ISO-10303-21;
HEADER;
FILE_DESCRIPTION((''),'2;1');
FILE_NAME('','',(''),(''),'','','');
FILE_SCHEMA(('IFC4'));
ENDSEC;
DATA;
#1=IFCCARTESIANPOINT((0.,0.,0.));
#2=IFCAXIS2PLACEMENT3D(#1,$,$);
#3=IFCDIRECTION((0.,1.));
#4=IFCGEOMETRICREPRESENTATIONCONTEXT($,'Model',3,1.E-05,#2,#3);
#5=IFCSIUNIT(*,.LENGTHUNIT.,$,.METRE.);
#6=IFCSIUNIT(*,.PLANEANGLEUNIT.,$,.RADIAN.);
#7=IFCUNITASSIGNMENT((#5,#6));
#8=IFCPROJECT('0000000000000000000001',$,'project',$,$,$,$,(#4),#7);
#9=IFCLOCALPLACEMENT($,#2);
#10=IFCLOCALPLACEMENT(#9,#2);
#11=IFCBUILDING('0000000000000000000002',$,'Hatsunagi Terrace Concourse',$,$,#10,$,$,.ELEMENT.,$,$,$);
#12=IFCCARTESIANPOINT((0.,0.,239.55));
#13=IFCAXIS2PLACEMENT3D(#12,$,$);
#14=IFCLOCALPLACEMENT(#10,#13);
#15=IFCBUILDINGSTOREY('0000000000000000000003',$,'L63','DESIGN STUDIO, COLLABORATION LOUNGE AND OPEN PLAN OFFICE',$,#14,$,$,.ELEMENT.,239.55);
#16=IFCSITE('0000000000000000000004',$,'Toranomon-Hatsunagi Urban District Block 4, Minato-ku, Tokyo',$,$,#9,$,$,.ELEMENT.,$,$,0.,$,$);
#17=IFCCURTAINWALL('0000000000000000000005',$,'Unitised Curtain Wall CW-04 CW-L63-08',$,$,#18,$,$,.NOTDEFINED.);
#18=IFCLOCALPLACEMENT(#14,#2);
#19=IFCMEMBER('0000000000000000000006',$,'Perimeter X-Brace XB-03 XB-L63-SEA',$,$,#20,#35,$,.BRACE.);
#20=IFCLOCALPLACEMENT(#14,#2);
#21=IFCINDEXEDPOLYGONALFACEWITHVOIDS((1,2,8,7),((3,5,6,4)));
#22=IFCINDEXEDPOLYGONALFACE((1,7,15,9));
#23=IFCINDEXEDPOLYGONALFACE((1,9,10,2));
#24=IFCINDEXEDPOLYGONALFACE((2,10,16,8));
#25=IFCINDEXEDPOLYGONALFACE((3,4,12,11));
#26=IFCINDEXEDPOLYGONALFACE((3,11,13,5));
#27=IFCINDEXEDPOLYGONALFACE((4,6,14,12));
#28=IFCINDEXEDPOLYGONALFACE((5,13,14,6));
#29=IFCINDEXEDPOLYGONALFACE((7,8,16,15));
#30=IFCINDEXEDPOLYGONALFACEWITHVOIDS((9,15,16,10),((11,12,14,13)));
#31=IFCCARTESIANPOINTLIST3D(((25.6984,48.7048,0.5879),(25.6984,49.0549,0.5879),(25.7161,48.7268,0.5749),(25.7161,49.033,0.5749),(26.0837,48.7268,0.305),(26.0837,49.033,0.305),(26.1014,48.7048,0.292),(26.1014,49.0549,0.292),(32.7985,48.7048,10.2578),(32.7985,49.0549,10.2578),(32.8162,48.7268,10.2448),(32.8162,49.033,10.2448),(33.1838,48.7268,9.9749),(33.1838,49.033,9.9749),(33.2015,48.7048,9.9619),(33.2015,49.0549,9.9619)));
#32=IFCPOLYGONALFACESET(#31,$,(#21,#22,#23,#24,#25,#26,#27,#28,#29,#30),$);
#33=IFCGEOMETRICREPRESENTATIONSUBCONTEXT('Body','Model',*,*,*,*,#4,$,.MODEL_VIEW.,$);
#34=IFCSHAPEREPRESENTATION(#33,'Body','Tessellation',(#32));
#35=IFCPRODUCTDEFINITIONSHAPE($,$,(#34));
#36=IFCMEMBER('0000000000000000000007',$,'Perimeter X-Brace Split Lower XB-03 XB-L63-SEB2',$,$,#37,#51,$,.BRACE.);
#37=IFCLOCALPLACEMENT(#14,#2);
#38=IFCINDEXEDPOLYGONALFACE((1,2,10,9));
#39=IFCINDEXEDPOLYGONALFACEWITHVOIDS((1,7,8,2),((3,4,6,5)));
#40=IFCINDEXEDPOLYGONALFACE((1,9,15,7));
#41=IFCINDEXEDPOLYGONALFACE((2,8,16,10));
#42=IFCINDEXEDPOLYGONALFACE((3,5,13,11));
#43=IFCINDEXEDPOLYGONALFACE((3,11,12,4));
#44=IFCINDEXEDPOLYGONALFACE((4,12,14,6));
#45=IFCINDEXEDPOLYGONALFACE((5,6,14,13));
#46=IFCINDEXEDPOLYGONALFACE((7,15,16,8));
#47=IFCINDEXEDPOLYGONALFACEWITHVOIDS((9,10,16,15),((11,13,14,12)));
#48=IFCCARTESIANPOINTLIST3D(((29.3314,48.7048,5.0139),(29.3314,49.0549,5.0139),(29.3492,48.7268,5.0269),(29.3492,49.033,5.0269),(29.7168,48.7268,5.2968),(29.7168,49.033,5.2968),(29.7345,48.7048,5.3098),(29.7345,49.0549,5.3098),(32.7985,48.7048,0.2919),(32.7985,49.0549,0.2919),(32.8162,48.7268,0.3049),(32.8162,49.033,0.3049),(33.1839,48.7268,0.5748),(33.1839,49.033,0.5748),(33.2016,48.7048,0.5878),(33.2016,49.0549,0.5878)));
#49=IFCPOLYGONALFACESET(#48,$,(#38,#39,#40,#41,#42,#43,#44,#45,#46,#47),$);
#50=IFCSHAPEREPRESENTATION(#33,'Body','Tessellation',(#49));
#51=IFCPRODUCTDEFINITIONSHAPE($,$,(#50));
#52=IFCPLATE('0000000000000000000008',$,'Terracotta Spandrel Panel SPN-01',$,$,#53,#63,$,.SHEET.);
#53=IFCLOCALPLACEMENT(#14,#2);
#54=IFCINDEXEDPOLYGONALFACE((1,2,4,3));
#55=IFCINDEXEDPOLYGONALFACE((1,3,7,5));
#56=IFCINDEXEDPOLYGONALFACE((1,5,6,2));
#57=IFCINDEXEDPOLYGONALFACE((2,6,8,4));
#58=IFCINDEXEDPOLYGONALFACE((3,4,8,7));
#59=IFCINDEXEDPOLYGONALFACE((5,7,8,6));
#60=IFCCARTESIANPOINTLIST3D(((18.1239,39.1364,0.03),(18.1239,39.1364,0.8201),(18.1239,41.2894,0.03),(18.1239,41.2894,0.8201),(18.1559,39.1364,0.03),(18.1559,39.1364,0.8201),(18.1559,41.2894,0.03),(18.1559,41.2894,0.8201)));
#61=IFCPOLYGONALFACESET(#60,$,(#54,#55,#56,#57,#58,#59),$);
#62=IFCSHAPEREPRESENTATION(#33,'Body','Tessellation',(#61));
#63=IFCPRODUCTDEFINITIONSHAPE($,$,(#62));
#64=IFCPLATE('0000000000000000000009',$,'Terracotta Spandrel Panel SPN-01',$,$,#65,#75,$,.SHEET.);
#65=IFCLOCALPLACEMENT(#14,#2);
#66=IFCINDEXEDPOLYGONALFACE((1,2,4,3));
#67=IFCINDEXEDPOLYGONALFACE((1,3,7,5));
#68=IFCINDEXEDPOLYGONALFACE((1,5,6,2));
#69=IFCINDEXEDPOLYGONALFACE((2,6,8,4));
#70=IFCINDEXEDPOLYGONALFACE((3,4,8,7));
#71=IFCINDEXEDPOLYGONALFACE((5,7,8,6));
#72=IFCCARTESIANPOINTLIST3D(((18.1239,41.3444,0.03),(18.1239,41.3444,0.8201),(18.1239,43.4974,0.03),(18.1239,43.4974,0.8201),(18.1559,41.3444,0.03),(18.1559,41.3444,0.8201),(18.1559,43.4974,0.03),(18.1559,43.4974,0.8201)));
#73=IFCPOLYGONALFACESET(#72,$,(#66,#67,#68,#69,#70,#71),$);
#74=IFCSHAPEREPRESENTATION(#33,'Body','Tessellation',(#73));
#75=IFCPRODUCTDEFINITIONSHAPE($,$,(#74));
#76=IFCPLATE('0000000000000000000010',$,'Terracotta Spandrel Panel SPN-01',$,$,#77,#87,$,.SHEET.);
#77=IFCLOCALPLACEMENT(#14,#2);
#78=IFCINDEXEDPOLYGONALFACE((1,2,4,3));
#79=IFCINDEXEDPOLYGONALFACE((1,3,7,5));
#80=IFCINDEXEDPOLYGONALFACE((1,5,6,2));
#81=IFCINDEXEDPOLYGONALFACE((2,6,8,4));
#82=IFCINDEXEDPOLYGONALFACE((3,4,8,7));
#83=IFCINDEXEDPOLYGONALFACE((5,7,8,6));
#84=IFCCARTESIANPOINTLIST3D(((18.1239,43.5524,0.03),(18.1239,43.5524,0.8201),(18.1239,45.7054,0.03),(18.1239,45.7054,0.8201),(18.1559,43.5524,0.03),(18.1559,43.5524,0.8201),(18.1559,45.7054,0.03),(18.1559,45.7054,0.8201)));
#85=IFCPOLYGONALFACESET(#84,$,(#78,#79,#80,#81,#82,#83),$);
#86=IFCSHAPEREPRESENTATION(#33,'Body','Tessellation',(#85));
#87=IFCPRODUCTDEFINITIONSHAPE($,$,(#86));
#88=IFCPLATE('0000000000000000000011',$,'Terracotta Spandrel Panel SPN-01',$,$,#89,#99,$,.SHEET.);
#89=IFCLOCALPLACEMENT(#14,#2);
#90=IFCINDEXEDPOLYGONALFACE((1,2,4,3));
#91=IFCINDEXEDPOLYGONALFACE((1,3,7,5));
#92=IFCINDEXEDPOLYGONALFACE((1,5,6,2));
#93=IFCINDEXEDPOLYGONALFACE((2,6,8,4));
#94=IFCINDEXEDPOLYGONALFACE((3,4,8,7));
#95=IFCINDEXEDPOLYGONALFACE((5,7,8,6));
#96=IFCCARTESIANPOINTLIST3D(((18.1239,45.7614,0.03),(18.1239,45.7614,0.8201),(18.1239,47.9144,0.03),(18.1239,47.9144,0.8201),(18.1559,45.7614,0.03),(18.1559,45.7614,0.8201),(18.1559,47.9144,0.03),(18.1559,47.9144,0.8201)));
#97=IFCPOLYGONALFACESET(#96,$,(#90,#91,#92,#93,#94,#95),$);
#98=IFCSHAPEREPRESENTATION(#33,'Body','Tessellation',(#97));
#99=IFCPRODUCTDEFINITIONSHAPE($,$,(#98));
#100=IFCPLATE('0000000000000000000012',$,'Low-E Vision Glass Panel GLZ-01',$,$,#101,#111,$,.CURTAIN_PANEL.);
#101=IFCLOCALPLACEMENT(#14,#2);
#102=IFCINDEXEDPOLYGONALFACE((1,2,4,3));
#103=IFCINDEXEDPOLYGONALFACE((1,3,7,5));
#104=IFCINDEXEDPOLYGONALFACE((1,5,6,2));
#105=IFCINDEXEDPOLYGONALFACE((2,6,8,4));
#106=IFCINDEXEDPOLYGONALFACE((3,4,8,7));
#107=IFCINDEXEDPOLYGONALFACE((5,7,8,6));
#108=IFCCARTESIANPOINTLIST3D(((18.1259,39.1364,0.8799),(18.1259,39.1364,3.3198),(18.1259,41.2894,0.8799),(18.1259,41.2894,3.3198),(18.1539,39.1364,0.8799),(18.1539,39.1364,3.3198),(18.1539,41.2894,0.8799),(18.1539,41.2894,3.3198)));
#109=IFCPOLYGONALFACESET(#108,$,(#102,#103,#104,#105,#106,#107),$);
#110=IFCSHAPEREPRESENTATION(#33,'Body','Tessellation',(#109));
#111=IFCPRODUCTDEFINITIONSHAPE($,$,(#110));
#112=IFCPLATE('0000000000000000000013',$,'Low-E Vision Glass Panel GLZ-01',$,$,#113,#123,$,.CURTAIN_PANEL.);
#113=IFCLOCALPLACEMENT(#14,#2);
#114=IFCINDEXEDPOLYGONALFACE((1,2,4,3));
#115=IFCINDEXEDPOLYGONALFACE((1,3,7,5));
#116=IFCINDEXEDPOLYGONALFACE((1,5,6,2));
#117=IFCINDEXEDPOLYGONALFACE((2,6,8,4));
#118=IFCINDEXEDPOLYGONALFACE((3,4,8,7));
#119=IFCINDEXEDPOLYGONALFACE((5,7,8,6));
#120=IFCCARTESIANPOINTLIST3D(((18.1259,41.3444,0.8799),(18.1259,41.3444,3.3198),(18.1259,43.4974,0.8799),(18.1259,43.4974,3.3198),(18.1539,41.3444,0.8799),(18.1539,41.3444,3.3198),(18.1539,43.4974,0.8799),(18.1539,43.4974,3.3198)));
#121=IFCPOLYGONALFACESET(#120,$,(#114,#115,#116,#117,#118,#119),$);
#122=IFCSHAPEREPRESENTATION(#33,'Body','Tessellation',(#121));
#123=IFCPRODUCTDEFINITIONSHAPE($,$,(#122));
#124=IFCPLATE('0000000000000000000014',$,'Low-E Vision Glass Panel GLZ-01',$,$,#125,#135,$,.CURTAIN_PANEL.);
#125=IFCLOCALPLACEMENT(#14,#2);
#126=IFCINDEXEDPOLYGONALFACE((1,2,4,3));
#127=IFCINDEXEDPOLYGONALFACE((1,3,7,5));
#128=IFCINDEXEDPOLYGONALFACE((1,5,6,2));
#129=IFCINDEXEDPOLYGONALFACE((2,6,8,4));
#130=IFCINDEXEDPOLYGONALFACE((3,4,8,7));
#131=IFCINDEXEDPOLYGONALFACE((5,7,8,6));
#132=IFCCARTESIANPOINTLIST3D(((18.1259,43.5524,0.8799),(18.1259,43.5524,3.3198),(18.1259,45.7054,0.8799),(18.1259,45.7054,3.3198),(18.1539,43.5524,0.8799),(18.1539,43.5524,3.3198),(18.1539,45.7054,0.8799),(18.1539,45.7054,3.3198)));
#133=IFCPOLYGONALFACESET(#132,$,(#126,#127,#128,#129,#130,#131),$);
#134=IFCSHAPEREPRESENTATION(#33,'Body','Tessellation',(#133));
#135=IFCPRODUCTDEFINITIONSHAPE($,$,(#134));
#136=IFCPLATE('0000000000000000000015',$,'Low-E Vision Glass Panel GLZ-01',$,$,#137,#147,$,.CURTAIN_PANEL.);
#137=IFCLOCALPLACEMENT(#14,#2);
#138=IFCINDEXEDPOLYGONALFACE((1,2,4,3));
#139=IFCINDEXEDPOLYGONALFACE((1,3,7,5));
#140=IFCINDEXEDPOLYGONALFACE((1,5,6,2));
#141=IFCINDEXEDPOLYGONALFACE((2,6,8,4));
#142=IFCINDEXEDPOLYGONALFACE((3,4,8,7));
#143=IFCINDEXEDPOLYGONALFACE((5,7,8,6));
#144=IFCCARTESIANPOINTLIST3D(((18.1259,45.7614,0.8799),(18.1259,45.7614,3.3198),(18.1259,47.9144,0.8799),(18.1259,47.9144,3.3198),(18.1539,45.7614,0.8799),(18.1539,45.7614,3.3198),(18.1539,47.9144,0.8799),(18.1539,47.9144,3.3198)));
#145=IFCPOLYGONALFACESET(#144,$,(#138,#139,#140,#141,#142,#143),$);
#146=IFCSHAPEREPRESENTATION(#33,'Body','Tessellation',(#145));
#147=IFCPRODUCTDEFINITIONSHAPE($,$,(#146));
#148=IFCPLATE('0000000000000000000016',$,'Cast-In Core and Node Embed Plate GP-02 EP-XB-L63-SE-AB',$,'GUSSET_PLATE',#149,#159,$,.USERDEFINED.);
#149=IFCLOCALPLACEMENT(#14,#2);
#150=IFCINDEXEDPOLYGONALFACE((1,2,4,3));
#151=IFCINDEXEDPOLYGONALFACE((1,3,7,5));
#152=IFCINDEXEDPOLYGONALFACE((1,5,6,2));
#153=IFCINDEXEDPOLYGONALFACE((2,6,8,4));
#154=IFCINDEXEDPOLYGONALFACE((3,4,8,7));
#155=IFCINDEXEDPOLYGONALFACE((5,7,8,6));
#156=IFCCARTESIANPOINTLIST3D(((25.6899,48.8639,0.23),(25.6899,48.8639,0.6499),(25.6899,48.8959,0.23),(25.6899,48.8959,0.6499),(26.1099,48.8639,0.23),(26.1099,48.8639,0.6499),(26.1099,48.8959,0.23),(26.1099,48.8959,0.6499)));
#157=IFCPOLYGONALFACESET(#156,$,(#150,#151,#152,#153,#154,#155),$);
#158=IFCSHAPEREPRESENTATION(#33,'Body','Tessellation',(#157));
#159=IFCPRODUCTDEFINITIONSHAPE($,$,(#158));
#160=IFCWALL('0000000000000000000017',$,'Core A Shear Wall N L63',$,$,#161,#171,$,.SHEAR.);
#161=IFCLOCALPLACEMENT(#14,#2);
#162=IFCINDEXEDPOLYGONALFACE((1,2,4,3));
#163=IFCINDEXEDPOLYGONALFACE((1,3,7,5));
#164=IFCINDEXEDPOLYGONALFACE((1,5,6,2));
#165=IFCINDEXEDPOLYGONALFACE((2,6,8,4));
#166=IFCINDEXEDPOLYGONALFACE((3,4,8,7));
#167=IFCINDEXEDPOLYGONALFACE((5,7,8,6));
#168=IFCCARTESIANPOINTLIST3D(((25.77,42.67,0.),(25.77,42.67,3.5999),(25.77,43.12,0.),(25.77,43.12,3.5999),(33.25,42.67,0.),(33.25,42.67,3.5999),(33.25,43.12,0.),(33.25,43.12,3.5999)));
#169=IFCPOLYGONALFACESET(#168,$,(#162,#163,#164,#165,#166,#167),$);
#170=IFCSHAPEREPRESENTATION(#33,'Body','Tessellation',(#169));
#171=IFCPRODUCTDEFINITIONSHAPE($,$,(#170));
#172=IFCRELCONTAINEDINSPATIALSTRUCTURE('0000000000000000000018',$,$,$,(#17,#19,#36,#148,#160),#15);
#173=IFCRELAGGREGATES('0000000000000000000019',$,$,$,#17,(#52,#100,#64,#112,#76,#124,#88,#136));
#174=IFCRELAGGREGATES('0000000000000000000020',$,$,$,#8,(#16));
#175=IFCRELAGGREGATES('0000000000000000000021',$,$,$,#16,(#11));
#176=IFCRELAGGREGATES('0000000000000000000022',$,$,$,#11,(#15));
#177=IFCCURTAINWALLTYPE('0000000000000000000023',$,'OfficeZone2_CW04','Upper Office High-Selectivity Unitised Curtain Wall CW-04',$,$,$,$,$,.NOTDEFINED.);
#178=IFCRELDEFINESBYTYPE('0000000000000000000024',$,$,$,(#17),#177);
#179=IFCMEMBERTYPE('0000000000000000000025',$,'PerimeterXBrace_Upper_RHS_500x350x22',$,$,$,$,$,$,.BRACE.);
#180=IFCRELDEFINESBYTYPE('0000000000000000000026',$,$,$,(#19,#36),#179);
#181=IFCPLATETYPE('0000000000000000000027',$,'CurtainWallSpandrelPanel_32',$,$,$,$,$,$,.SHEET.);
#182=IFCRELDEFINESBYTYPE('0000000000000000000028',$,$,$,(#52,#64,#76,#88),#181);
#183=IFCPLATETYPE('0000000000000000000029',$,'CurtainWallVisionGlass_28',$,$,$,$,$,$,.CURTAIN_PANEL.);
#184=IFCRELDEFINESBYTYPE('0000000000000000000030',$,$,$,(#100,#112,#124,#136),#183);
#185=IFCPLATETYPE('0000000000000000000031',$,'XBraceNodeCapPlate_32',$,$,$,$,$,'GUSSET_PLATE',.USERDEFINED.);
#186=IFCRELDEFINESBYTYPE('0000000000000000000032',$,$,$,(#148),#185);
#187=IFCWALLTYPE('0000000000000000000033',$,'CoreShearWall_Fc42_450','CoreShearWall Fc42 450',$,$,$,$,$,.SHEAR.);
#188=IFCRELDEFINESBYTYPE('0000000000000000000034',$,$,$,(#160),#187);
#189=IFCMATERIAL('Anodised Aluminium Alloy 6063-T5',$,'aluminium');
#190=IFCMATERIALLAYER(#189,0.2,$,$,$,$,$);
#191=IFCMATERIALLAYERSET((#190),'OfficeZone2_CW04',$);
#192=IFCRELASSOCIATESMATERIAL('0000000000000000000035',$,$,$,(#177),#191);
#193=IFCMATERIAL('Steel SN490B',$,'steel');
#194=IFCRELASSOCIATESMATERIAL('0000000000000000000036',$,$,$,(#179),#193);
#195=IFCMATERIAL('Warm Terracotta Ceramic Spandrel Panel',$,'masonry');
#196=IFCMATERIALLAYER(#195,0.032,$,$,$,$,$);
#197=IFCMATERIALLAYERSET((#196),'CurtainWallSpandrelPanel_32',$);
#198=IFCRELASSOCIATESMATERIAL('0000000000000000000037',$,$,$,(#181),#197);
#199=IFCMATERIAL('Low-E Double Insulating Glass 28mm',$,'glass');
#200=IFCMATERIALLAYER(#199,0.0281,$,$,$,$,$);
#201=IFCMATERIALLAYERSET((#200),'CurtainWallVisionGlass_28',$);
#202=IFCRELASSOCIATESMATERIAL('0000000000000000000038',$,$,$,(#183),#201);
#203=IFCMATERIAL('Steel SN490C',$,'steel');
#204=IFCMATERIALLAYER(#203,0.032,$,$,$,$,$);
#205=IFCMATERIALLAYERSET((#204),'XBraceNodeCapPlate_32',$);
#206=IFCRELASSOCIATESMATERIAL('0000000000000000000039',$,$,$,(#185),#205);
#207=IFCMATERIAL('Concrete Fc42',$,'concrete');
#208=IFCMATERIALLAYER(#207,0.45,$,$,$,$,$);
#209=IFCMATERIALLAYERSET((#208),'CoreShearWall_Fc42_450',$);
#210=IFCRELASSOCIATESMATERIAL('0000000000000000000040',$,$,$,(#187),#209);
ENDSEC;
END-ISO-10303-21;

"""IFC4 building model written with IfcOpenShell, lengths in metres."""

from ifc_helpers import new_model, si_unit, direction, frame, frame_2d, origin, origin_2d, place, context, subcontext, project, spatial, rectangle, hollow_rectangle, extrude, material, layer, layer_set, material_profile, profile_set, type_object, element, aggregate, save


model = new_model("IFC4")

# Units and contexts
model_context = context("Model", 3, precision=1e-05, world=origin(), true_north=direction((0.0, 1.0)))
body_context = subcontext(model_context, "Body", "Model", "MODEL_VIEW")
ifc_project = project(units=[si_unit("LENGTHUNIT", "METRE"), si_unit("PLANEANGLEUNIT", "RADIAN")], contexts=[model_context])

# Site, building, storey
site_placement = place(None, origin())
site = spatial("IfcSite", under=ifc_project, at=site_placement, Name="Toranomon-Hatsunagi Urban District Block 4, Minato-ku, Tokyo", CompositionType="ELEMENT", RefElevation=0.0)
building_placement = place(site_placement, origin())
building = spatial("IfcBuilding", under=site, at=building_placement, Name="Hatsunagi Terrace Concourse", CompositionType="ELEMENT")
storey_placement = place(building_placement, frame((0.0, 0.0, 239.55)))
storey = spatial("IfcBuildingStorey", under=building, at=storey_placement, Name="L63", Description="DESIGN STUDIO, COLLABORATION LOUNGE AND OPEN PLAN OFFICE", CompositionType="ELEMENT", Elevation=239.55)

# Curtain wall
ifc_material_1 = material(Name="Anodised Aluminium Alloy 6063-T5", Category="aluminium")
ifc_layer_1 = layer(ifc_material_1, 0.2)
ifc_layer_set_1 = layer_set([ifc_layer_1], Name="OfficeZone2_CW04")
curtain_wall_type = type_object("IfcCurtainWallType", Name="OfficeZone2_CW04", Description="Upper Office High-Selectivity Unitised Curtain Wall CW-04", PredefinedType="NOTDEFINED", material=ifc_layer_set_1)
curtain_wall_placement = place(storey_placement, origin())
curtain_wall = element("IfcCurtainWall", 1, at=curtain_wall_placement, inside=storey, type_object=curtain_wall_type, Name="Unitised Curtain Wall CW-04 CW-L63-08", PredefinedType="NOTDEFINED")

# Members
ifc_material_2 = material(Name="Steel SN490B", Category="steel")
ifc_material_profile_1 = material_profile(ifc_material_2, hollow_rectangle(XDim=0.3501, YDim=0.5, WallThickness=0.022, at=origin_2d()), Name="RHS-500x350x22")
ifc_profile_set_1 = profile_set([ifc_material_profile_1], Name="Steel SN490B")
member_type_1 = type_object("IfcMemberType", Name="PerimeterXBrace_Upper_RHS_500x350x22", PredefinedType="BRACE", material=ifc_profile_set_1)
member_1_placement = place(storey_placement, frame((25.8999, 48.8799, 0.4399), z_axis=(0.591842, 0.0, 0.806054), x_axis=(0.0, 1.0, 0.0)))
element("IfcMember", 2, at=member_1_placement, inside=storey, type_object=member_type_1, Name="Perimeter X-Brace XB-03 XB-L63-SEA", PredefinedType="BRACE", context=body_context, shape_type="SweptSolid", body=[
    extrude(hollow_rectangle(XDim=0.3501, YDim=0.5, WallThickness=0.022, at=origin_2d()), origin(), (0.0, 0.0, 1.0), 11.9966),
])
member_2_placement = place(storey_placement, frame((29.533, 48.8799, 5.1619), z_axis=(0.591841, 0.0, -0.806055), x_axis=(0.0, 1.0, 0.0)))
element("IfcMember", 3, at=member_2_placement, inside=storey, type_object=member_type_1, Name="Perimeter X-Brace Split Lower XB-03 XB-L63-SEB2", PredefinedType="BRACE", context=body_context, shape_type="SweptSolid", body=[
    extrude(hollow_rectangle(XDim=0.3501, YDim=0.5, WallThickness=0.022, at=origin_2d()), origin(), (0.0, 0.0, 1.0), 5.8582),
])

# Plates
ifc_material_3 = material(Name="Warm Terracotta Ceramic Spandrel Panel", Category="masonry")
ifc_layer_2 = layer(ifc_material_3, 0.032)
ifc_layer_set_2 = layer_set([ifc_layer_2], Name="CurtainWallSpandrelPanel_32")
plate_type_1 = type_object("IfcPlateType", Name="CurtainWallSpandrelPanel_32", PredefinedType="SHEET", material=ifc_layer_set_2)
plate_1_placement = place(storey_placement, frame((18.1399, 40.2129, 0.03), z_axis=(0.0, 0.0, 1.0), x_axis=(0.0, 1.0, 0.0)))
plate_1 = element("IfcPlate", 4, at=plate_1_placement, type_object=plate_type_1, Name="Terracotta Spandrel Panel SPN-01", PredefinedType="SHEET", context=body_context, shape_type="SweptSolid", body=[
    extrude(rectangle(XDim=2.1531, YDim=0.032, at=origin_2d()), origin(), (0.0, 0.0, 1.0), 0.79),
])
plate_2_placement = place(storey_placement, frame((18.1399, 42.4209, 0.03), z_axis=(0.0, 0.0, 1.0), x_axis=(0.0, 1.0, 0.0)))
plate_2 = element("IfcPlate", 5, at=plate_2_placement, type_object=plate_type_1, Name="Terracotta Spandrel Panel SPN-01", PredefinedType="SHEET", context=body_context, shape_type="SweptSolid", body=[
    extrude(rectangle(XDim=2.1531, YDim=0.032, at=origin_2d()), origin(), (0.0, 0.0, 1.0), 0.79),
])
plate_3_placement = place(storey_placement, frame((18.1399, 44.6289, 0.03), z_axis=(0.0, 0.0, 1.0), x_axis=(0.0, 1.0, 0.0)))
plate_3 = element("IfcPlate", 6, at=plate_3_placement, type_object=plate_type_1, Name="Terracotta Spandrel Panel SPN-01", PredefinedType="SHEET", context=body_context, shape_type="SweptSolid", body=[
    extrude(rectangle(XDim=2.1531, YDim=0.032, at=origin_2d()), origin(), (0.0, 0.0, 1.0), 0.79),
])
plate_4_placement = place(storey_placement, frame((18.1399, 46.8379, 0.03), z_axis=(0.0, 0.0, 1.0), x_axis=(0.0, 1.0, 0.0)))
plate_4 = element("IfcPlate", 7, at=plate_4_placement, type_object=plate_type_1, Name="Terracotta Spandrel Panel SPN-01", PredefinedType="SHEET", context=body_context, shape_type="SweptSolid", body=[
    extrude(rectangle(XDim=2.1531, YDim=0.032, at=origin_2d()), origin(), (0.0, 0.0, 1.0), 0.79),
])
ifc_material_4 = material(Name="Low-E Double Insulating Glass 28mm", Category="glass")
ifc_layer_3 = layer(ifc_material_4, 0.0281)
ifc_layer_set_3 = layer_set([ifc_layer_3], Name="CurtainWallVisionGlass_28")
plate_type_2 = type_object("IfcPlateType", Name="CurtainWallVisionGlass_28", PredefinedType="CURTAIN_PANEL", material=ifc_layer_set_3)
plate_5_placement = place(storey_placement, frame((18.1399, 40.2129, 0.8799), z_axis=(0.0, 0.0, 1.0), x_axis=(0.0, 1.0, 0.0)))
plate_5 = element("IfcPlate", 8, at=plate_5_placement, type_object=plate_type_2, Name="Low-E Vision Glass Panel GLZ-01", PredefinedType="CURTAIN_PANEL", context=body_context, shape_type="SweptSolid", body=[
    extrude(rectangle(XDim=2.1531, YDim=0.0281, at=origin_2d()), origin(), (0.0, 0.0, 1.0), 2.4399),
])
plate_6_placement = place(storey_placement, frame((18.1399, 42.4209, 0.8799), z_axis=(0.0, 0.0, 1.0), x_axis=(0.0, 1.0, 0.0)))
plate_6 = element("IfcPlate", 9, at=plate_6_placement, type_object=plate_type_2, Name="Low-E Vision Glass Panel GLZ-01", PredefinedType="CURTAIN_PANEL", context=body_context, shape_type="SweptSolid", body=[
    extrude(rectangle(XDim=2.1531, YDim=0.0281, at=origin_2d()), origin(), (0.0, 0.0, 1.0), 2.4399),
])
plate_7_placement = place(storey_placement, frame((18.1399, 44.6289, 0.8799), z_axis=(0.0, 0.0, 1.0), x_axis=(0.0, 1.0, 0.0)))
plate_7 = element("IfcPlate", 10, at=plate_7_placement, type_object=plate_type_2, Name="Low-E Vision Glass Panel GLZ-01", PredefinedType="CURTAIN_PANEL", context=body_context, shape_type="SweptSolid", body=[
    extrude(rectangle(XDim=2.1531, YDim=0.0281, at=origin_2d()), origin(), (0.0, 0.0, 1.0), 2.4399),
])
plate_8_placement = place(storey_placement, frame((18.1399, 46.8379, 0.8799), z_axis=(0.0, 0.0, 1.0), x_axis=(0.0, 1.0, 0.0)))
plate_8 = element("IfcPlate", 11, at=plate_8_placement, type_object=plate_type_2, Name="Low-E Vision Glass Panel GLZ-01", PredefinedType="CURTAIN_PANEL", context=body_context, shape_type="SweptSolid", body=[
    extrude(rectangle(XDim=2.1531, YDim=0.0281, at=origin_2d()), origin(), (0.0, 0.0, 1.0), 2.4399),
])
aggregate(curtain_wall, [plate_1, plate_5, plate_2, plate_6, plate_3, plate_7, plate_4, plate_8])
ifc_material_5 = material(Name="Steel SN490C", Category="steel")
ifc_layer_4 = layer(ifc_material_5, 0.032)
ifc_layer_set_4 = layer_set([ifc_layer_4], Name="XBraceNodeCapPlate_32")
plate_type_3 = type_object("IfcPlateType", Name="XBraceNodeCapPlate_32", ElementType="GUSSET_PLATE", PredefinedType="USERDEFINED", material=ifc_layer_set_4)
plate_9_placement = place(storey_placement, frame((25.8999, 48.8799, 0.23), z_axis=(0.0, 0.0, 1.0), x_axis=(1.0, 0.0, 0.0)))
element("IfcPlate", 12, at=plate_9_placement, inside=storey, type_object=plate_type_3, Name="Cast-In Core and Node Embed Plate GP-02 EP-XB-L63-SE-AB", ObjectType="GUSSET_PLATE", PredefinedType="USERDEFINED", context=body_context, shape_type="SweptSolid", body=[
    extrude(rectangle(XDim=0.4199, YDim=0.032, at=origin_2d()), origin(), (0.0, 0.0, 1.0), 0.4199),
])

# Wall
ifc_material_6 = material(Name="Concrete Fc42", Category="concrete")
ifc_layer_5 = layer(ifc_material_6, 0.45)
ifc_layer_set_5 = layer_set([ifc_layer_5], Name="CoreShearWall_Fc42_450")
wall_type_1 = type_object("IfcWallType", Name="CoreShearWall_Fc42_450", Description="CoreShearWall Fc42 450", PredefinedType="SHEAR", material=ifc_layer_set_5)
wall_1_placement = place(storey_placement, frame((25.77, 42.895, 0.0), z_axis=(0.0, 0.0, 1.0), x_axis=(1.0, 0.0, 0.0)))
element("IfcWall", 13, at=wall_1_placement, inside=storey, type_object=wall_type_1, Name="Core A Shear Wall N L63", PredefinedType="SHEAR", context=body_context, shape_type="SweptSolid", body=[
    extrude(rectangle(XDim=7.48, YDim=0.45, at=frame_2d((3.74, 0.0))), origin(), (0.0, 0.0, 1.0), 3.5999),
])

save(model, "model.ifc")
